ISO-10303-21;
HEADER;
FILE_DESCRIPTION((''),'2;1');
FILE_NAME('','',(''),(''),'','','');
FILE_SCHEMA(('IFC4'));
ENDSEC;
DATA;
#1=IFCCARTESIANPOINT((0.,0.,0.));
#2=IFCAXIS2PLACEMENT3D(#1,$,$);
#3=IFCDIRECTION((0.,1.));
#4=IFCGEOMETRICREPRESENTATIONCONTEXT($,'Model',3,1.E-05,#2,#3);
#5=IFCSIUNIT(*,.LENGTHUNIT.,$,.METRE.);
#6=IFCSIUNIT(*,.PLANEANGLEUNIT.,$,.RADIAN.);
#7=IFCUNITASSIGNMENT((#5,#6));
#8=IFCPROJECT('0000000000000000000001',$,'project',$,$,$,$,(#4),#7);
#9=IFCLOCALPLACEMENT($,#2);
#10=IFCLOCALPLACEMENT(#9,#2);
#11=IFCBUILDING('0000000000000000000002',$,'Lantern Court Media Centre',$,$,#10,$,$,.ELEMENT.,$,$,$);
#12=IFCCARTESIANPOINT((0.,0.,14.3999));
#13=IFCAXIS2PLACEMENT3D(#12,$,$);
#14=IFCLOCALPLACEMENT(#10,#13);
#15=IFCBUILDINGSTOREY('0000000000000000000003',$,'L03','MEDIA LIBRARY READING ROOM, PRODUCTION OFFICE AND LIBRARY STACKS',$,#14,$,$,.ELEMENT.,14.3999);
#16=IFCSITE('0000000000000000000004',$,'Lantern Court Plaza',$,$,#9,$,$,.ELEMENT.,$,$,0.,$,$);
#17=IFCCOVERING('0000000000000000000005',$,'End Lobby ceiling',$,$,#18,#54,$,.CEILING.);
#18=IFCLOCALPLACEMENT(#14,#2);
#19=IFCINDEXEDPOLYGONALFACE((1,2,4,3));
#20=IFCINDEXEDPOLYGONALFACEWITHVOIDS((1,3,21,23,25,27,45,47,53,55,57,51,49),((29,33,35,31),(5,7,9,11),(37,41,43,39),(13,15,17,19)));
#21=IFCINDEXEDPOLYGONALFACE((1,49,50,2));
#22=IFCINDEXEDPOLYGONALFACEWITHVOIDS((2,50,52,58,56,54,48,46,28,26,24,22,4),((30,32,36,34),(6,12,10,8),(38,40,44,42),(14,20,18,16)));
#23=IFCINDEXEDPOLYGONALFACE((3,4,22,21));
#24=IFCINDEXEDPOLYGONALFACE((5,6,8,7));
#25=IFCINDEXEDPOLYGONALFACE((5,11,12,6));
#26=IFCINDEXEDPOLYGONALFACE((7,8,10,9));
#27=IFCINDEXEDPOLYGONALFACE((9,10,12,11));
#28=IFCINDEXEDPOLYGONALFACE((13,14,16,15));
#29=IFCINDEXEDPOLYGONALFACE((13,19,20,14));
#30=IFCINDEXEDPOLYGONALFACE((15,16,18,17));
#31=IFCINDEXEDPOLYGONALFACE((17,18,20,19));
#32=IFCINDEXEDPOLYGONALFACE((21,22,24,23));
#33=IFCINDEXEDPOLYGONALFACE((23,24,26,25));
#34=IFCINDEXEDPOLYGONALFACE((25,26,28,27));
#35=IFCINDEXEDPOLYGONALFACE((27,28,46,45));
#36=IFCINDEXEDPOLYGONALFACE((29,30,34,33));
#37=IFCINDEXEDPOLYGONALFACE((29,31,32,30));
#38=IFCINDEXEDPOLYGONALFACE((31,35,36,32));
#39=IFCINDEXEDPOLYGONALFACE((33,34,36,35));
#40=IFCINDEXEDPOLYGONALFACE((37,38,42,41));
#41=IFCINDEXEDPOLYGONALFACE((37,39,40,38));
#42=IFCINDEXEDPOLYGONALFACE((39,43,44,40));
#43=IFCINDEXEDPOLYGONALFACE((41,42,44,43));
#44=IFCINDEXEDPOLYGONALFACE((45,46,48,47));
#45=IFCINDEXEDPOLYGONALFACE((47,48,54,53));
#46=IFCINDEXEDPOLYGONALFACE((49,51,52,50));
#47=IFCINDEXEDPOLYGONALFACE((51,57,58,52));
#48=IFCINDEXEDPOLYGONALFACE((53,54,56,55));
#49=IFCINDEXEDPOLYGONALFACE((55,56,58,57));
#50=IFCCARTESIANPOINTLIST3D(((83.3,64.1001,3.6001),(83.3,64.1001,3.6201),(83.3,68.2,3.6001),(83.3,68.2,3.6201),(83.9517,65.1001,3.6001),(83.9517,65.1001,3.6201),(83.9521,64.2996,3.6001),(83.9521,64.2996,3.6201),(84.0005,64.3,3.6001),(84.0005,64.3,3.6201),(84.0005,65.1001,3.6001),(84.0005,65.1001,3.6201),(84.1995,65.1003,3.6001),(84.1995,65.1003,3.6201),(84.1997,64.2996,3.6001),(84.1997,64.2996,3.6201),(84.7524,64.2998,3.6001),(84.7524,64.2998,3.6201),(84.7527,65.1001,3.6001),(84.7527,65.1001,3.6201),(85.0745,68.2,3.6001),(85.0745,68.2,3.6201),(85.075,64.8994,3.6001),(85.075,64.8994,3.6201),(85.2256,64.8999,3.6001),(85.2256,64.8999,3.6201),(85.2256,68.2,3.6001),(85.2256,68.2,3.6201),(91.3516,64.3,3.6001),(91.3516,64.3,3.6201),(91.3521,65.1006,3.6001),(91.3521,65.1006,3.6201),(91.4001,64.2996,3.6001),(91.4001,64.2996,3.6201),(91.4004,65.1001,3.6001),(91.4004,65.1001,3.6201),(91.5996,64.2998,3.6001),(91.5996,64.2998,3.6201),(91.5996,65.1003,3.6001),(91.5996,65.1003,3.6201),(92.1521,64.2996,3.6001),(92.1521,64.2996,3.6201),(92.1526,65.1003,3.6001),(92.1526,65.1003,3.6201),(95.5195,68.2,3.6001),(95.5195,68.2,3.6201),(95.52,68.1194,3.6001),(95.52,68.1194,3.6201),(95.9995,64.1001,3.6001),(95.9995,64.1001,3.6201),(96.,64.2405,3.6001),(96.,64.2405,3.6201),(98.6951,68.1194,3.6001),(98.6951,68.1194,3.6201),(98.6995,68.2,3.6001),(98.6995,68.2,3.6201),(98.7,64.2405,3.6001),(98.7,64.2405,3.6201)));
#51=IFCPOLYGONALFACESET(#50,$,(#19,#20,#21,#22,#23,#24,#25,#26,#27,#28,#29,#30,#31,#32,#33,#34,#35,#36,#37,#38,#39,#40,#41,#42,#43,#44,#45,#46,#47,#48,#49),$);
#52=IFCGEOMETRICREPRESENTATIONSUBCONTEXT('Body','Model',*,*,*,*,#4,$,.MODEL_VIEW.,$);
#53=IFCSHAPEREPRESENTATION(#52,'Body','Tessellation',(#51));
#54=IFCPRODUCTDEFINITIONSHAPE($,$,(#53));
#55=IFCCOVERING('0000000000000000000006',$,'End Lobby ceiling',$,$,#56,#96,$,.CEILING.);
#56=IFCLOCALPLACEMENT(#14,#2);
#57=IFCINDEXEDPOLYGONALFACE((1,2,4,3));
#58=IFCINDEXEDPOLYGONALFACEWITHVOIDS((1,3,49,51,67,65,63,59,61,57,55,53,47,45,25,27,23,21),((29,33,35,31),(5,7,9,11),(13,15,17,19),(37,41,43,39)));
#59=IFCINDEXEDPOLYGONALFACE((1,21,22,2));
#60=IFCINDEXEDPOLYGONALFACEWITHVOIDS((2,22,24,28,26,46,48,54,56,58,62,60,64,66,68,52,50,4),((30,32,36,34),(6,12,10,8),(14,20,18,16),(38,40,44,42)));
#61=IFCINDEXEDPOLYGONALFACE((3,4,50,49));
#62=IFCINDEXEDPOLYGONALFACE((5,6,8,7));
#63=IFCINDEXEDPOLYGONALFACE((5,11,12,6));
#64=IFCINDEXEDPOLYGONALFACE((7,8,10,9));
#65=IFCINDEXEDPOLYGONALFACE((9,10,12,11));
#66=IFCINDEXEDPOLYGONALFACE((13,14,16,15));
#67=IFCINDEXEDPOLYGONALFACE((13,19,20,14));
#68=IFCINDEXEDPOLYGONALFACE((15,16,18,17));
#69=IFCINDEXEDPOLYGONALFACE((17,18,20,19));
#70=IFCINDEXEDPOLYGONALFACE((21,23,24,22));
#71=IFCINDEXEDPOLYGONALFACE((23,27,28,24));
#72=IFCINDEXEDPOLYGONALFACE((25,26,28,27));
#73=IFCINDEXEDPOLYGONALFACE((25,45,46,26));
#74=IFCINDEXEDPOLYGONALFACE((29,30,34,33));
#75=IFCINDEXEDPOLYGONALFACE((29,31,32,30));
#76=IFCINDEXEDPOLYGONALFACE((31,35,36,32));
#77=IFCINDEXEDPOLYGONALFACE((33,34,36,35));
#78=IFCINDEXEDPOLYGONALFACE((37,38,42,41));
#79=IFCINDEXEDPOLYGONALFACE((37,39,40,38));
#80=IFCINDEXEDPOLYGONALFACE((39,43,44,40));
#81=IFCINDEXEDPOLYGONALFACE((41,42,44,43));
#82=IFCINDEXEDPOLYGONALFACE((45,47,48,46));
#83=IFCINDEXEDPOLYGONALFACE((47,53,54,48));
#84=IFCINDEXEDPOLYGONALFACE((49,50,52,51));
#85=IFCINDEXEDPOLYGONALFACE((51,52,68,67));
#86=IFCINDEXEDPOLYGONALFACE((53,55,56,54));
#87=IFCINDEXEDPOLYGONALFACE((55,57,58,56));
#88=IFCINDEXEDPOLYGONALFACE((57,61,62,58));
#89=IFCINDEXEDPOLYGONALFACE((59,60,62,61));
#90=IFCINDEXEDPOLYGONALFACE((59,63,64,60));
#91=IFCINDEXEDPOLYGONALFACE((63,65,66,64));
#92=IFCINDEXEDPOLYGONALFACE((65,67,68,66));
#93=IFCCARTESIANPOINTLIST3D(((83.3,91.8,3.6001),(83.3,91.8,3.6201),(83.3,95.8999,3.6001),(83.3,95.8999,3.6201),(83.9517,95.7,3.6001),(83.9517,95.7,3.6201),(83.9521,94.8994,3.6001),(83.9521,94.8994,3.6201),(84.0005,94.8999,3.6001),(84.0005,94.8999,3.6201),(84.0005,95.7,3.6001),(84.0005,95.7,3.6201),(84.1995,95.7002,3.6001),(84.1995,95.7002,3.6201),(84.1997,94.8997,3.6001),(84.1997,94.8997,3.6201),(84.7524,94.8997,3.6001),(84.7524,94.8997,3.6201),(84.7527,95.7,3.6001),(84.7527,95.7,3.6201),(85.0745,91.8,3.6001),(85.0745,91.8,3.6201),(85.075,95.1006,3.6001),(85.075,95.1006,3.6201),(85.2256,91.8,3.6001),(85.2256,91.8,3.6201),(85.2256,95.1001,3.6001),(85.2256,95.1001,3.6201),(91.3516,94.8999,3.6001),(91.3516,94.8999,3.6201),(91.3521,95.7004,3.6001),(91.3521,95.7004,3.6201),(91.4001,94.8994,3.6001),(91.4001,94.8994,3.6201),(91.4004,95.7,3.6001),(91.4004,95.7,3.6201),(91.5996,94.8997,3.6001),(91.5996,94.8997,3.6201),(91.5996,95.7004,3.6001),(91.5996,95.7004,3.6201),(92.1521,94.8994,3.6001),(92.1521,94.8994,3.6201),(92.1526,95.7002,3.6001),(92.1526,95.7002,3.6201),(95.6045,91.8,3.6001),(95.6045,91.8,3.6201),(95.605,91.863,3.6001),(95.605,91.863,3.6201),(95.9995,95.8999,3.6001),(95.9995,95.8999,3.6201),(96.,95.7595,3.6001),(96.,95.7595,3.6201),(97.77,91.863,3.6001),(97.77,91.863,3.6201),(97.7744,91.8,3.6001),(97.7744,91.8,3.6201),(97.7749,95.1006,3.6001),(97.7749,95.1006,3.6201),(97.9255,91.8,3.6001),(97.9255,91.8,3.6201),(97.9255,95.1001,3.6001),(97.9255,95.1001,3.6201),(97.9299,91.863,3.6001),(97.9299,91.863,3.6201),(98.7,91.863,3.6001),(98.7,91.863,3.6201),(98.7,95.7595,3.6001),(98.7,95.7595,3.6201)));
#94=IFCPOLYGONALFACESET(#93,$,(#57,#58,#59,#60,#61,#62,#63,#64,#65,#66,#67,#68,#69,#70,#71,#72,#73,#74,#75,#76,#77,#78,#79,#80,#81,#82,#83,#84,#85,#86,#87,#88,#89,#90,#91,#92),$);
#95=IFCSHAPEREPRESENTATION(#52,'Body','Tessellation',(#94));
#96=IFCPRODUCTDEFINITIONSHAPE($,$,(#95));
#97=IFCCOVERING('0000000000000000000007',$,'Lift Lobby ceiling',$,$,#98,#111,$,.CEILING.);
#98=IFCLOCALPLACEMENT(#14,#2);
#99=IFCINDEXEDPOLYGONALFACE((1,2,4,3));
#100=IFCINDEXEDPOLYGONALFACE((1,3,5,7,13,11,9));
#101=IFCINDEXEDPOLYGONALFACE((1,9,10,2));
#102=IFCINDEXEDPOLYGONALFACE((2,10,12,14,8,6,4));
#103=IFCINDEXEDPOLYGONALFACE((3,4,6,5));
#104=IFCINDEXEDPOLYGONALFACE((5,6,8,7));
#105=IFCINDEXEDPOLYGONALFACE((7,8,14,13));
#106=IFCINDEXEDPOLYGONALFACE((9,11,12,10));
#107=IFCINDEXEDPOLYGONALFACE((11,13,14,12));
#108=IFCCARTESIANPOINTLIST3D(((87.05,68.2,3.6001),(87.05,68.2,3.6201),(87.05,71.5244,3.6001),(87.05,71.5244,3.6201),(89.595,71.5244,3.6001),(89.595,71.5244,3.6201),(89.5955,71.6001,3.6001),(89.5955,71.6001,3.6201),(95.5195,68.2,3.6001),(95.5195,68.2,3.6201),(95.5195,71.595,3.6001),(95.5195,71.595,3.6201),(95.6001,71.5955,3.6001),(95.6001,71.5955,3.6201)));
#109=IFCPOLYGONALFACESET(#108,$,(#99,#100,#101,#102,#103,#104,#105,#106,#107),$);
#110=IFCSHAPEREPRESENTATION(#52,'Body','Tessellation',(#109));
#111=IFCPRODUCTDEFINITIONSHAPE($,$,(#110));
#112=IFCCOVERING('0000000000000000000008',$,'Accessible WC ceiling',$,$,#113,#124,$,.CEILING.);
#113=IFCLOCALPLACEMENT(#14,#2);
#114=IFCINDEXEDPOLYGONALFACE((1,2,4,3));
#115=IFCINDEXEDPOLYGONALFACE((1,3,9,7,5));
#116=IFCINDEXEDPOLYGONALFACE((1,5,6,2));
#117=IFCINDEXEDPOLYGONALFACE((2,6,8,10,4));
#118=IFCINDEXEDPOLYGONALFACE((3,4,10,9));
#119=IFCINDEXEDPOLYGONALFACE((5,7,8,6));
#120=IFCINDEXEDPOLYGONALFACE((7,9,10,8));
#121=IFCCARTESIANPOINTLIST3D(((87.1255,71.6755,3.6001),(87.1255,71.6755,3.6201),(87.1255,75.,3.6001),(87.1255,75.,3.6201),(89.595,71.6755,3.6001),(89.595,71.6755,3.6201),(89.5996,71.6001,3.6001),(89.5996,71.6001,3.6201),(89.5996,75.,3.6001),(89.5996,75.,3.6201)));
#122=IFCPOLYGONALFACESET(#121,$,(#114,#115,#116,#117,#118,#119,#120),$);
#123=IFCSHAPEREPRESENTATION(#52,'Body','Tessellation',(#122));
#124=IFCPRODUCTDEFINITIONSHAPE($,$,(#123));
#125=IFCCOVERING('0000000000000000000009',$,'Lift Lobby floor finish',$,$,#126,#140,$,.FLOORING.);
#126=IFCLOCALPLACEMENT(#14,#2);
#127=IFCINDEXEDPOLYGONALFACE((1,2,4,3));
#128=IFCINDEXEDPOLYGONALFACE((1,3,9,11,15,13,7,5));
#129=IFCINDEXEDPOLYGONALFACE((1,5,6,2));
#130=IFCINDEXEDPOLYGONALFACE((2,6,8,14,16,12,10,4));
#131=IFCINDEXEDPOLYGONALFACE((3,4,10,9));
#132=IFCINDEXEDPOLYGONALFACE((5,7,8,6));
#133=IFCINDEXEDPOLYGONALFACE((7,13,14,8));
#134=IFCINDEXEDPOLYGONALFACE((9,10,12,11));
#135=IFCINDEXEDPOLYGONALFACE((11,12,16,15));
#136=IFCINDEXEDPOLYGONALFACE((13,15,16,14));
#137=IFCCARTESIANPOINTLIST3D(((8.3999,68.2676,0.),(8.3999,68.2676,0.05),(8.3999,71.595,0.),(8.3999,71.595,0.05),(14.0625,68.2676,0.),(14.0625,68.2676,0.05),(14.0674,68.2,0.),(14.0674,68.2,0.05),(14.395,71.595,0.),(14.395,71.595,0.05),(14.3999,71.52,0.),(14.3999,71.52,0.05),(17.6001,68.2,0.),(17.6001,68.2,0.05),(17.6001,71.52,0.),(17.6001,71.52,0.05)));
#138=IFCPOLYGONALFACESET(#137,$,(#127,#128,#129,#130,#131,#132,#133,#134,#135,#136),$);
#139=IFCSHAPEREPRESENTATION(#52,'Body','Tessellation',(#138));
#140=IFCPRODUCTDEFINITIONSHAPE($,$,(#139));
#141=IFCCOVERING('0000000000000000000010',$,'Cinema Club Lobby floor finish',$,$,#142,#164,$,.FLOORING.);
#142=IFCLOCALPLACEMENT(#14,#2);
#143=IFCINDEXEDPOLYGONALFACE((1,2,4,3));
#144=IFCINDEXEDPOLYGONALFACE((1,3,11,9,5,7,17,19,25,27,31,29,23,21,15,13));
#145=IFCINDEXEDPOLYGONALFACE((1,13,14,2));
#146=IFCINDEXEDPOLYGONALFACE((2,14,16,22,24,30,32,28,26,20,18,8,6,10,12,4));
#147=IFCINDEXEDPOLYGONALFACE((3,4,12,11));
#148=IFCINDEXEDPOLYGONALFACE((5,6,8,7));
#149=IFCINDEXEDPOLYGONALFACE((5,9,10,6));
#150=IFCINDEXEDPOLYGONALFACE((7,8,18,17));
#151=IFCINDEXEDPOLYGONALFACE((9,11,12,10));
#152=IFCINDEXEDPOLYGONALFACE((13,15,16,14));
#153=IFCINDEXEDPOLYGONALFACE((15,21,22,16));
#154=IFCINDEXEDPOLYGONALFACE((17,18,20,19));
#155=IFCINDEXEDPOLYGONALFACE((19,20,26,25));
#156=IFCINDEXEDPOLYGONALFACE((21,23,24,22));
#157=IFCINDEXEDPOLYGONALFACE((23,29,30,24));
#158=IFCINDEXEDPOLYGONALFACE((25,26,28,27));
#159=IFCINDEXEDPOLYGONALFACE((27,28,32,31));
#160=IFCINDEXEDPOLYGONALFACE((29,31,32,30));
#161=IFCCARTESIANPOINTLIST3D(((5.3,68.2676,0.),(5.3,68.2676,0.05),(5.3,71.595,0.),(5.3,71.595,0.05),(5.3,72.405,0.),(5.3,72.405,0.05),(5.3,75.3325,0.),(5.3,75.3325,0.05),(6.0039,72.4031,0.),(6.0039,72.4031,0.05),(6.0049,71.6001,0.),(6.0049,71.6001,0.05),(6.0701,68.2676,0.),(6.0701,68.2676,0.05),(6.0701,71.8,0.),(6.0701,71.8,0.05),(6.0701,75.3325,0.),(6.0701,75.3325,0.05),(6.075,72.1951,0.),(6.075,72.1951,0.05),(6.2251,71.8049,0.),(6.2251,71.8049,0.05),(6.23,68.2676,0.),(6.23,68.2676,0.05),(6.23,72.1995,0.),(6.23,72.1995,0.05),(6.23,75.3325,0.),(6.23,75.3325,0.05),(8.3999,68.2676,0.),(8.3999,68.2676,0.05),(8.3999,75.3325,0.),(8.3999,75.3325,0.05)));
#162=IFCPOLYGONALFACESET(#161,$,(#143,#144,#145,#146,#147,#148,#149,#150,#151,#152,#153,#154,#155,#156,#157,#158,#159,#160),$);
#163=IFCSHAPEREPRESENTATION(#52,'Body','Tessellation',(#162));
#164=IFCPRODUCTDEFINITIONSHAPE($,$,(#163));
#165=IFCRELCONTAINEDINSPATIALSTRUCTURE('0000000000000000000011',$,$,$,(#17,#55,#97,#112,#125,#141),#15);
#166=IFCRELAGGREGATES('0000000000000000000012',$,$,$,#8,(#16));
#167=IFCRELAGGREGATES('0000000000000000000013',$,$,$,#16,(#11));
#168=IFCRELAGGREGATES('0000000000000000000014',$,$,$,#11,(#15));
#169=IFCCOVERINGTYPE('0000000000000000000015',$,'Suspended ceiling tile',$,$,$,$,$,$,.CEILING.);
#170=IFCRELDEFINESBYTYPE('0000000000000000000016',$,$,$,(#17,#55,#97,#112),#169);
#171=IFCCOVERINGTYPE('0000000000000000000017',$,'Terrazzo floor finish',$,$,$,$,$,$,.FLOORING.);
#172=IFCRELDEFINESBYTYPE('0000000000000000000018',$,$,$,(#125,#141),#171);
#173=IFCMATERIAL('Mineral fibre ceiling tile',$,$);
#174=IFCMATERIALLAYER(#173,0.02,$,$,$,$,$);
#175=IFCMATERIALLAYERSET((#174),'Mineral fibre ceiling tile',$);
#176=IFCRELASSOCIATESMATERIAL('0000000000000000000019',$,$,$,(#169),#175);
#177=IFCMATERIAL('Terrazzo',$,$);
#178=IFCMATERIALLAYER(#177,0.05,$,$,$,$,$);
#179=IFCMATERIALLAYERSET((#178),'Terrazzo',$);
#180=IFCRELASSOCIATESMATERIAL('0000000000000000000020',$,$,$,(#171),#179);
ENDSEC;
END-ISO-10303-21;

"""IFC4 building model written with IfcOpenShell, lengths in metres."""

from ifc_helpers import new_model, si_unit, direction, frame, origin, place, context, subcontext, project, spatial, polyline, outline, extrude, material, layer, layer_set, type_object, element, save


model = new_model("IFC4")

# Units and contexts
model_context = context("Model", 3, precision=1e-05, world=origin(), true_north=direction((0.0, 1.0)))
body_context = subcontext(model_context, "Body", "Model", "MODEL_VIEW")
ifc_project = project(units=[si_unit("LENGTHUNIT", "METRE"), si_unit("PLANEANGLEUNIT", "RADIAN")], contexts=[model_context])

# Site, building, storey
site_placement = place(None, origin())
site = spatial("IfcSite", under=ifc_project, at=site_placement, Name="Lantern Court Plaza", CompositionType="ELEMENT", RefElevation=0.0)
building_placement = place(site_placement, origin())
building = spatial("IfcBuilding", under=site, at=building_placement, Name="Lantern Court Media Centre", CompositionType="ELEMENT")
storey_placement = place(building_placement, frame((0.0, 0.0, 14.3999)))
storey = spatial("IfcBuildingStorey", under=building, at=storey_placement, Name="L03", Description="MEDIA LIBRARY READING ROOM, PRODUCTION OFFICE AND LIBRARY STACKS", CompositionType="ELEMENT", Elevation=14.3999)

# Coverings
ifc_material_1 = material(Name="Mineral fibre ceiling tile")
ifc_layer_1 = layer(ifc_material_1, 0.02)
ifc_layer_set_1 = layer_set([ifc_layer_1], Name="Mineral fibre ceiling tile")
covering_type_1 = type_object("IfcCoveringType", Name="Suspended ceiling tile", PredefinedType="CEILING", material=ifc_layer_set_1)
covering_1_placement = place(storey_placement, frame((0.0, 0.0, 3.6001)))
element("IfcCovering", 1, at=covering_1_placement, inside=storey, type_object=covering_type_1, Name="End Lobby ceiling", PredefinedType="CEILING", context=body_context, shape_type="SweptSolid", body=[
    extrude(outline(polyline([(98.7, 64.2405), (96.0, 64.2405), (95.9995, 64.1001), (83.3, 64.1001), (83.3, 68.2), (85.0745, 68.2), (85.075, 64.8994), (85.2256, 64.8999), (85.2256, 68.2), (95.5195, 68.2), (95.52, 68.1194), (98.6951, 68.1194), (98.6995, 68.2), (98.7, 64.2405)]), holes=[polyline([(92.1521, 64.2996), (92.1526, 65.1003), (91.5996, 65.1003), (91.5996, 64.2998), (92.1521, 64.2996)]), polyline([(91.3521, 65.1006), (91.3516, 64.3), (91.4001, 64.2996), (91.4004, 65.1001), (91.3521, 65.1006)]), polyline([(84.7527, 65.1001), (84.1995, 65.1003), (84.1997, 64.2996), (84.7524, 64.2998), (84.7527, 65.1001)]), polyline([(84.0005, 65.1001), (83.9517, 65.1001), (83.9521, 64.2996), (84.0005, 64.3), (84.0005, 65.1001)])]), origin(), (0.0, 0.0, 1.0), 0.02),
])
covering_2_placement = place(storey_placement, frame((0.0, 0.0, 3.6001)))
element("IfcCovering", 2, at=covering_2_placement, inside=storey, type_object=covering_type_1, Name="End Lobby ceiling", PredefinedType="CEILING", context=body_context, shape_type="SweptSolid", body=[
    extrude(outline(polyline([(98.7, 91.863), (97.9299, 91.863), (97.9255, 91.8), (97.9255, 95.1001), (97.7749, 95.1006), (97.7744, 91.8), (97.77, 91.863), (95.605, 91.863), (95.6045, 91.8), (85.2256, 91.8), (85.2256, 95.1001), (85.075, 95.1006), (85.0745, 91.8), (83.3, 91.8), (83.3, 95.8999), (95.9995, 95.8999), (96.0, 95.7595), (98.7, 95.7595), (98.7, 91.863)]), holes=[polyline([(92.1521, 94.8994), (92.1526, 95.7002), (91.5996, 95.7004), (91.5996, 94.8997), (92.1521, 94.8994)]), polyline([(91.3521, 95.7004), (91.3516, 94.8999), (91.4001, 94.8994), (91.4004, 95.7), (91.3521, 95.7004)]), polyline([(84.7527, 95.7), (84.1995, 95.7002), (84.1997, 94.8997), (84.7524, 94.8997), (84.7527, 95.7)]), polyline([(84.0005, 95.7), (83.9517, 95.7), (83.9521, 94.8994), (84.0005, 94.8999), (84.0005, 95.7)])]), origin(), (0.0, 0.0, 1.0), 0.02),
])
covering_3_placement = place(storey_placement, frame((0.0, 0.0, 3.6001)))
element("IfcCovering", 3, at=covering_3_placement, inside=storey, type_object=covering_type_1, Name="Lift Lobby ceiling", PredefinedType="CEILING", context=body_context, shape_type="SweptSolid", body=[
    extrude(outline(polyline([(95.6001, 71.5955), (95.5195, 71.595), (95.5195, 68.2), (87.05, 68.2), (87.05, 71.5244), (89.595, 71.5244), (89.5955, 71.6001), (95.6001, 71.5955)])), origin(), (0.0, 0.0, 1.0), 0.02),
])
covering_4_placement = place(storey_placement, frame((0.0, 0.0, 3.6001)))
element("IfcCovering", 4, at=covering_4_placement, inside=storey, type_object=covering_type_1, Name="Accessible WC ceiling", PredefinedType="CEILING", context=body_context, shape_type="SweptSolid", body=[
    extrude(outline(polyline([(89.5996, 75.0), (89.5996, 71.6001), (89.595, 71.6755), (87.1255, 71.6755), (87.1255, 75.0), (89.5996, 75.0)])), origin(), (0.0, 0.0, 1.0), 0.02),
])
ifc_material_2 = material(Name="Terrazzo")
ifc_layer_2 = layer(ifc_material_2, 0.05)
ifc_layer_set_2 = layer_set([ifc_layer_2], Name="Terrazzo")
covering_type_2 = type_object("IfcCoveringType", Name="Terrazzo floor finish", PredefinedType="FLOORING", material=ifc_layer_set_2)
covering_5_placement = place(storey_placement, origin())
element("IfcCovering", 5, at=covering_5_placement, inside=storey, type_object=covering_type_2, Name="Lift Lobby floor finish", PredefinedType="FLOORING", context=body_context, shape_type="SweptSolid", body=[
    extrude(outline(polyline([(17.6001, 68.2), (14.0674, 68.2), (14.0625, 68.2676), (8.3999, 68.2676), (8.3999, 71.595), (14.395, 71.595), (14.3999, 71.52), (17.6001, 71.52), (17.6001, 68.2)])), origin(), (0.0, 0.0, 1.0), 0.05),
])
covering_6_placement = place(storey_placement, origin())
element("IfcCovering", 6, at=covering_6_placement, inside=storey, type_object=covering_type_2, Name="Cinema Club Lobby floor finish", PredefinedType="FLOORING", context=body_context, shape_type="SweptSolid", body=[
    extrude(outline(polyline([(8.3999, 68.2676), (6.23, 68.2676), (6.2251, 71.8049), (6.0701, 71.8), (6.0701, 68.2676), (5.3, 68.2676), (5.3, 71.595), (6.0049, 71.6001), (6.0039, 72.4031), (5.3, 72.405), (5.3, 75.3325), (6.0701, 75.3325), (6.075, 72.1951), (6.23, 72.1995), (6.23, 75.3325), (8.3999, 75.3325), (8.3999, 68.2676)])), origin(), (0.0, 0.0, 1.0), 0.05),
])

save(model, "model.ifc")
